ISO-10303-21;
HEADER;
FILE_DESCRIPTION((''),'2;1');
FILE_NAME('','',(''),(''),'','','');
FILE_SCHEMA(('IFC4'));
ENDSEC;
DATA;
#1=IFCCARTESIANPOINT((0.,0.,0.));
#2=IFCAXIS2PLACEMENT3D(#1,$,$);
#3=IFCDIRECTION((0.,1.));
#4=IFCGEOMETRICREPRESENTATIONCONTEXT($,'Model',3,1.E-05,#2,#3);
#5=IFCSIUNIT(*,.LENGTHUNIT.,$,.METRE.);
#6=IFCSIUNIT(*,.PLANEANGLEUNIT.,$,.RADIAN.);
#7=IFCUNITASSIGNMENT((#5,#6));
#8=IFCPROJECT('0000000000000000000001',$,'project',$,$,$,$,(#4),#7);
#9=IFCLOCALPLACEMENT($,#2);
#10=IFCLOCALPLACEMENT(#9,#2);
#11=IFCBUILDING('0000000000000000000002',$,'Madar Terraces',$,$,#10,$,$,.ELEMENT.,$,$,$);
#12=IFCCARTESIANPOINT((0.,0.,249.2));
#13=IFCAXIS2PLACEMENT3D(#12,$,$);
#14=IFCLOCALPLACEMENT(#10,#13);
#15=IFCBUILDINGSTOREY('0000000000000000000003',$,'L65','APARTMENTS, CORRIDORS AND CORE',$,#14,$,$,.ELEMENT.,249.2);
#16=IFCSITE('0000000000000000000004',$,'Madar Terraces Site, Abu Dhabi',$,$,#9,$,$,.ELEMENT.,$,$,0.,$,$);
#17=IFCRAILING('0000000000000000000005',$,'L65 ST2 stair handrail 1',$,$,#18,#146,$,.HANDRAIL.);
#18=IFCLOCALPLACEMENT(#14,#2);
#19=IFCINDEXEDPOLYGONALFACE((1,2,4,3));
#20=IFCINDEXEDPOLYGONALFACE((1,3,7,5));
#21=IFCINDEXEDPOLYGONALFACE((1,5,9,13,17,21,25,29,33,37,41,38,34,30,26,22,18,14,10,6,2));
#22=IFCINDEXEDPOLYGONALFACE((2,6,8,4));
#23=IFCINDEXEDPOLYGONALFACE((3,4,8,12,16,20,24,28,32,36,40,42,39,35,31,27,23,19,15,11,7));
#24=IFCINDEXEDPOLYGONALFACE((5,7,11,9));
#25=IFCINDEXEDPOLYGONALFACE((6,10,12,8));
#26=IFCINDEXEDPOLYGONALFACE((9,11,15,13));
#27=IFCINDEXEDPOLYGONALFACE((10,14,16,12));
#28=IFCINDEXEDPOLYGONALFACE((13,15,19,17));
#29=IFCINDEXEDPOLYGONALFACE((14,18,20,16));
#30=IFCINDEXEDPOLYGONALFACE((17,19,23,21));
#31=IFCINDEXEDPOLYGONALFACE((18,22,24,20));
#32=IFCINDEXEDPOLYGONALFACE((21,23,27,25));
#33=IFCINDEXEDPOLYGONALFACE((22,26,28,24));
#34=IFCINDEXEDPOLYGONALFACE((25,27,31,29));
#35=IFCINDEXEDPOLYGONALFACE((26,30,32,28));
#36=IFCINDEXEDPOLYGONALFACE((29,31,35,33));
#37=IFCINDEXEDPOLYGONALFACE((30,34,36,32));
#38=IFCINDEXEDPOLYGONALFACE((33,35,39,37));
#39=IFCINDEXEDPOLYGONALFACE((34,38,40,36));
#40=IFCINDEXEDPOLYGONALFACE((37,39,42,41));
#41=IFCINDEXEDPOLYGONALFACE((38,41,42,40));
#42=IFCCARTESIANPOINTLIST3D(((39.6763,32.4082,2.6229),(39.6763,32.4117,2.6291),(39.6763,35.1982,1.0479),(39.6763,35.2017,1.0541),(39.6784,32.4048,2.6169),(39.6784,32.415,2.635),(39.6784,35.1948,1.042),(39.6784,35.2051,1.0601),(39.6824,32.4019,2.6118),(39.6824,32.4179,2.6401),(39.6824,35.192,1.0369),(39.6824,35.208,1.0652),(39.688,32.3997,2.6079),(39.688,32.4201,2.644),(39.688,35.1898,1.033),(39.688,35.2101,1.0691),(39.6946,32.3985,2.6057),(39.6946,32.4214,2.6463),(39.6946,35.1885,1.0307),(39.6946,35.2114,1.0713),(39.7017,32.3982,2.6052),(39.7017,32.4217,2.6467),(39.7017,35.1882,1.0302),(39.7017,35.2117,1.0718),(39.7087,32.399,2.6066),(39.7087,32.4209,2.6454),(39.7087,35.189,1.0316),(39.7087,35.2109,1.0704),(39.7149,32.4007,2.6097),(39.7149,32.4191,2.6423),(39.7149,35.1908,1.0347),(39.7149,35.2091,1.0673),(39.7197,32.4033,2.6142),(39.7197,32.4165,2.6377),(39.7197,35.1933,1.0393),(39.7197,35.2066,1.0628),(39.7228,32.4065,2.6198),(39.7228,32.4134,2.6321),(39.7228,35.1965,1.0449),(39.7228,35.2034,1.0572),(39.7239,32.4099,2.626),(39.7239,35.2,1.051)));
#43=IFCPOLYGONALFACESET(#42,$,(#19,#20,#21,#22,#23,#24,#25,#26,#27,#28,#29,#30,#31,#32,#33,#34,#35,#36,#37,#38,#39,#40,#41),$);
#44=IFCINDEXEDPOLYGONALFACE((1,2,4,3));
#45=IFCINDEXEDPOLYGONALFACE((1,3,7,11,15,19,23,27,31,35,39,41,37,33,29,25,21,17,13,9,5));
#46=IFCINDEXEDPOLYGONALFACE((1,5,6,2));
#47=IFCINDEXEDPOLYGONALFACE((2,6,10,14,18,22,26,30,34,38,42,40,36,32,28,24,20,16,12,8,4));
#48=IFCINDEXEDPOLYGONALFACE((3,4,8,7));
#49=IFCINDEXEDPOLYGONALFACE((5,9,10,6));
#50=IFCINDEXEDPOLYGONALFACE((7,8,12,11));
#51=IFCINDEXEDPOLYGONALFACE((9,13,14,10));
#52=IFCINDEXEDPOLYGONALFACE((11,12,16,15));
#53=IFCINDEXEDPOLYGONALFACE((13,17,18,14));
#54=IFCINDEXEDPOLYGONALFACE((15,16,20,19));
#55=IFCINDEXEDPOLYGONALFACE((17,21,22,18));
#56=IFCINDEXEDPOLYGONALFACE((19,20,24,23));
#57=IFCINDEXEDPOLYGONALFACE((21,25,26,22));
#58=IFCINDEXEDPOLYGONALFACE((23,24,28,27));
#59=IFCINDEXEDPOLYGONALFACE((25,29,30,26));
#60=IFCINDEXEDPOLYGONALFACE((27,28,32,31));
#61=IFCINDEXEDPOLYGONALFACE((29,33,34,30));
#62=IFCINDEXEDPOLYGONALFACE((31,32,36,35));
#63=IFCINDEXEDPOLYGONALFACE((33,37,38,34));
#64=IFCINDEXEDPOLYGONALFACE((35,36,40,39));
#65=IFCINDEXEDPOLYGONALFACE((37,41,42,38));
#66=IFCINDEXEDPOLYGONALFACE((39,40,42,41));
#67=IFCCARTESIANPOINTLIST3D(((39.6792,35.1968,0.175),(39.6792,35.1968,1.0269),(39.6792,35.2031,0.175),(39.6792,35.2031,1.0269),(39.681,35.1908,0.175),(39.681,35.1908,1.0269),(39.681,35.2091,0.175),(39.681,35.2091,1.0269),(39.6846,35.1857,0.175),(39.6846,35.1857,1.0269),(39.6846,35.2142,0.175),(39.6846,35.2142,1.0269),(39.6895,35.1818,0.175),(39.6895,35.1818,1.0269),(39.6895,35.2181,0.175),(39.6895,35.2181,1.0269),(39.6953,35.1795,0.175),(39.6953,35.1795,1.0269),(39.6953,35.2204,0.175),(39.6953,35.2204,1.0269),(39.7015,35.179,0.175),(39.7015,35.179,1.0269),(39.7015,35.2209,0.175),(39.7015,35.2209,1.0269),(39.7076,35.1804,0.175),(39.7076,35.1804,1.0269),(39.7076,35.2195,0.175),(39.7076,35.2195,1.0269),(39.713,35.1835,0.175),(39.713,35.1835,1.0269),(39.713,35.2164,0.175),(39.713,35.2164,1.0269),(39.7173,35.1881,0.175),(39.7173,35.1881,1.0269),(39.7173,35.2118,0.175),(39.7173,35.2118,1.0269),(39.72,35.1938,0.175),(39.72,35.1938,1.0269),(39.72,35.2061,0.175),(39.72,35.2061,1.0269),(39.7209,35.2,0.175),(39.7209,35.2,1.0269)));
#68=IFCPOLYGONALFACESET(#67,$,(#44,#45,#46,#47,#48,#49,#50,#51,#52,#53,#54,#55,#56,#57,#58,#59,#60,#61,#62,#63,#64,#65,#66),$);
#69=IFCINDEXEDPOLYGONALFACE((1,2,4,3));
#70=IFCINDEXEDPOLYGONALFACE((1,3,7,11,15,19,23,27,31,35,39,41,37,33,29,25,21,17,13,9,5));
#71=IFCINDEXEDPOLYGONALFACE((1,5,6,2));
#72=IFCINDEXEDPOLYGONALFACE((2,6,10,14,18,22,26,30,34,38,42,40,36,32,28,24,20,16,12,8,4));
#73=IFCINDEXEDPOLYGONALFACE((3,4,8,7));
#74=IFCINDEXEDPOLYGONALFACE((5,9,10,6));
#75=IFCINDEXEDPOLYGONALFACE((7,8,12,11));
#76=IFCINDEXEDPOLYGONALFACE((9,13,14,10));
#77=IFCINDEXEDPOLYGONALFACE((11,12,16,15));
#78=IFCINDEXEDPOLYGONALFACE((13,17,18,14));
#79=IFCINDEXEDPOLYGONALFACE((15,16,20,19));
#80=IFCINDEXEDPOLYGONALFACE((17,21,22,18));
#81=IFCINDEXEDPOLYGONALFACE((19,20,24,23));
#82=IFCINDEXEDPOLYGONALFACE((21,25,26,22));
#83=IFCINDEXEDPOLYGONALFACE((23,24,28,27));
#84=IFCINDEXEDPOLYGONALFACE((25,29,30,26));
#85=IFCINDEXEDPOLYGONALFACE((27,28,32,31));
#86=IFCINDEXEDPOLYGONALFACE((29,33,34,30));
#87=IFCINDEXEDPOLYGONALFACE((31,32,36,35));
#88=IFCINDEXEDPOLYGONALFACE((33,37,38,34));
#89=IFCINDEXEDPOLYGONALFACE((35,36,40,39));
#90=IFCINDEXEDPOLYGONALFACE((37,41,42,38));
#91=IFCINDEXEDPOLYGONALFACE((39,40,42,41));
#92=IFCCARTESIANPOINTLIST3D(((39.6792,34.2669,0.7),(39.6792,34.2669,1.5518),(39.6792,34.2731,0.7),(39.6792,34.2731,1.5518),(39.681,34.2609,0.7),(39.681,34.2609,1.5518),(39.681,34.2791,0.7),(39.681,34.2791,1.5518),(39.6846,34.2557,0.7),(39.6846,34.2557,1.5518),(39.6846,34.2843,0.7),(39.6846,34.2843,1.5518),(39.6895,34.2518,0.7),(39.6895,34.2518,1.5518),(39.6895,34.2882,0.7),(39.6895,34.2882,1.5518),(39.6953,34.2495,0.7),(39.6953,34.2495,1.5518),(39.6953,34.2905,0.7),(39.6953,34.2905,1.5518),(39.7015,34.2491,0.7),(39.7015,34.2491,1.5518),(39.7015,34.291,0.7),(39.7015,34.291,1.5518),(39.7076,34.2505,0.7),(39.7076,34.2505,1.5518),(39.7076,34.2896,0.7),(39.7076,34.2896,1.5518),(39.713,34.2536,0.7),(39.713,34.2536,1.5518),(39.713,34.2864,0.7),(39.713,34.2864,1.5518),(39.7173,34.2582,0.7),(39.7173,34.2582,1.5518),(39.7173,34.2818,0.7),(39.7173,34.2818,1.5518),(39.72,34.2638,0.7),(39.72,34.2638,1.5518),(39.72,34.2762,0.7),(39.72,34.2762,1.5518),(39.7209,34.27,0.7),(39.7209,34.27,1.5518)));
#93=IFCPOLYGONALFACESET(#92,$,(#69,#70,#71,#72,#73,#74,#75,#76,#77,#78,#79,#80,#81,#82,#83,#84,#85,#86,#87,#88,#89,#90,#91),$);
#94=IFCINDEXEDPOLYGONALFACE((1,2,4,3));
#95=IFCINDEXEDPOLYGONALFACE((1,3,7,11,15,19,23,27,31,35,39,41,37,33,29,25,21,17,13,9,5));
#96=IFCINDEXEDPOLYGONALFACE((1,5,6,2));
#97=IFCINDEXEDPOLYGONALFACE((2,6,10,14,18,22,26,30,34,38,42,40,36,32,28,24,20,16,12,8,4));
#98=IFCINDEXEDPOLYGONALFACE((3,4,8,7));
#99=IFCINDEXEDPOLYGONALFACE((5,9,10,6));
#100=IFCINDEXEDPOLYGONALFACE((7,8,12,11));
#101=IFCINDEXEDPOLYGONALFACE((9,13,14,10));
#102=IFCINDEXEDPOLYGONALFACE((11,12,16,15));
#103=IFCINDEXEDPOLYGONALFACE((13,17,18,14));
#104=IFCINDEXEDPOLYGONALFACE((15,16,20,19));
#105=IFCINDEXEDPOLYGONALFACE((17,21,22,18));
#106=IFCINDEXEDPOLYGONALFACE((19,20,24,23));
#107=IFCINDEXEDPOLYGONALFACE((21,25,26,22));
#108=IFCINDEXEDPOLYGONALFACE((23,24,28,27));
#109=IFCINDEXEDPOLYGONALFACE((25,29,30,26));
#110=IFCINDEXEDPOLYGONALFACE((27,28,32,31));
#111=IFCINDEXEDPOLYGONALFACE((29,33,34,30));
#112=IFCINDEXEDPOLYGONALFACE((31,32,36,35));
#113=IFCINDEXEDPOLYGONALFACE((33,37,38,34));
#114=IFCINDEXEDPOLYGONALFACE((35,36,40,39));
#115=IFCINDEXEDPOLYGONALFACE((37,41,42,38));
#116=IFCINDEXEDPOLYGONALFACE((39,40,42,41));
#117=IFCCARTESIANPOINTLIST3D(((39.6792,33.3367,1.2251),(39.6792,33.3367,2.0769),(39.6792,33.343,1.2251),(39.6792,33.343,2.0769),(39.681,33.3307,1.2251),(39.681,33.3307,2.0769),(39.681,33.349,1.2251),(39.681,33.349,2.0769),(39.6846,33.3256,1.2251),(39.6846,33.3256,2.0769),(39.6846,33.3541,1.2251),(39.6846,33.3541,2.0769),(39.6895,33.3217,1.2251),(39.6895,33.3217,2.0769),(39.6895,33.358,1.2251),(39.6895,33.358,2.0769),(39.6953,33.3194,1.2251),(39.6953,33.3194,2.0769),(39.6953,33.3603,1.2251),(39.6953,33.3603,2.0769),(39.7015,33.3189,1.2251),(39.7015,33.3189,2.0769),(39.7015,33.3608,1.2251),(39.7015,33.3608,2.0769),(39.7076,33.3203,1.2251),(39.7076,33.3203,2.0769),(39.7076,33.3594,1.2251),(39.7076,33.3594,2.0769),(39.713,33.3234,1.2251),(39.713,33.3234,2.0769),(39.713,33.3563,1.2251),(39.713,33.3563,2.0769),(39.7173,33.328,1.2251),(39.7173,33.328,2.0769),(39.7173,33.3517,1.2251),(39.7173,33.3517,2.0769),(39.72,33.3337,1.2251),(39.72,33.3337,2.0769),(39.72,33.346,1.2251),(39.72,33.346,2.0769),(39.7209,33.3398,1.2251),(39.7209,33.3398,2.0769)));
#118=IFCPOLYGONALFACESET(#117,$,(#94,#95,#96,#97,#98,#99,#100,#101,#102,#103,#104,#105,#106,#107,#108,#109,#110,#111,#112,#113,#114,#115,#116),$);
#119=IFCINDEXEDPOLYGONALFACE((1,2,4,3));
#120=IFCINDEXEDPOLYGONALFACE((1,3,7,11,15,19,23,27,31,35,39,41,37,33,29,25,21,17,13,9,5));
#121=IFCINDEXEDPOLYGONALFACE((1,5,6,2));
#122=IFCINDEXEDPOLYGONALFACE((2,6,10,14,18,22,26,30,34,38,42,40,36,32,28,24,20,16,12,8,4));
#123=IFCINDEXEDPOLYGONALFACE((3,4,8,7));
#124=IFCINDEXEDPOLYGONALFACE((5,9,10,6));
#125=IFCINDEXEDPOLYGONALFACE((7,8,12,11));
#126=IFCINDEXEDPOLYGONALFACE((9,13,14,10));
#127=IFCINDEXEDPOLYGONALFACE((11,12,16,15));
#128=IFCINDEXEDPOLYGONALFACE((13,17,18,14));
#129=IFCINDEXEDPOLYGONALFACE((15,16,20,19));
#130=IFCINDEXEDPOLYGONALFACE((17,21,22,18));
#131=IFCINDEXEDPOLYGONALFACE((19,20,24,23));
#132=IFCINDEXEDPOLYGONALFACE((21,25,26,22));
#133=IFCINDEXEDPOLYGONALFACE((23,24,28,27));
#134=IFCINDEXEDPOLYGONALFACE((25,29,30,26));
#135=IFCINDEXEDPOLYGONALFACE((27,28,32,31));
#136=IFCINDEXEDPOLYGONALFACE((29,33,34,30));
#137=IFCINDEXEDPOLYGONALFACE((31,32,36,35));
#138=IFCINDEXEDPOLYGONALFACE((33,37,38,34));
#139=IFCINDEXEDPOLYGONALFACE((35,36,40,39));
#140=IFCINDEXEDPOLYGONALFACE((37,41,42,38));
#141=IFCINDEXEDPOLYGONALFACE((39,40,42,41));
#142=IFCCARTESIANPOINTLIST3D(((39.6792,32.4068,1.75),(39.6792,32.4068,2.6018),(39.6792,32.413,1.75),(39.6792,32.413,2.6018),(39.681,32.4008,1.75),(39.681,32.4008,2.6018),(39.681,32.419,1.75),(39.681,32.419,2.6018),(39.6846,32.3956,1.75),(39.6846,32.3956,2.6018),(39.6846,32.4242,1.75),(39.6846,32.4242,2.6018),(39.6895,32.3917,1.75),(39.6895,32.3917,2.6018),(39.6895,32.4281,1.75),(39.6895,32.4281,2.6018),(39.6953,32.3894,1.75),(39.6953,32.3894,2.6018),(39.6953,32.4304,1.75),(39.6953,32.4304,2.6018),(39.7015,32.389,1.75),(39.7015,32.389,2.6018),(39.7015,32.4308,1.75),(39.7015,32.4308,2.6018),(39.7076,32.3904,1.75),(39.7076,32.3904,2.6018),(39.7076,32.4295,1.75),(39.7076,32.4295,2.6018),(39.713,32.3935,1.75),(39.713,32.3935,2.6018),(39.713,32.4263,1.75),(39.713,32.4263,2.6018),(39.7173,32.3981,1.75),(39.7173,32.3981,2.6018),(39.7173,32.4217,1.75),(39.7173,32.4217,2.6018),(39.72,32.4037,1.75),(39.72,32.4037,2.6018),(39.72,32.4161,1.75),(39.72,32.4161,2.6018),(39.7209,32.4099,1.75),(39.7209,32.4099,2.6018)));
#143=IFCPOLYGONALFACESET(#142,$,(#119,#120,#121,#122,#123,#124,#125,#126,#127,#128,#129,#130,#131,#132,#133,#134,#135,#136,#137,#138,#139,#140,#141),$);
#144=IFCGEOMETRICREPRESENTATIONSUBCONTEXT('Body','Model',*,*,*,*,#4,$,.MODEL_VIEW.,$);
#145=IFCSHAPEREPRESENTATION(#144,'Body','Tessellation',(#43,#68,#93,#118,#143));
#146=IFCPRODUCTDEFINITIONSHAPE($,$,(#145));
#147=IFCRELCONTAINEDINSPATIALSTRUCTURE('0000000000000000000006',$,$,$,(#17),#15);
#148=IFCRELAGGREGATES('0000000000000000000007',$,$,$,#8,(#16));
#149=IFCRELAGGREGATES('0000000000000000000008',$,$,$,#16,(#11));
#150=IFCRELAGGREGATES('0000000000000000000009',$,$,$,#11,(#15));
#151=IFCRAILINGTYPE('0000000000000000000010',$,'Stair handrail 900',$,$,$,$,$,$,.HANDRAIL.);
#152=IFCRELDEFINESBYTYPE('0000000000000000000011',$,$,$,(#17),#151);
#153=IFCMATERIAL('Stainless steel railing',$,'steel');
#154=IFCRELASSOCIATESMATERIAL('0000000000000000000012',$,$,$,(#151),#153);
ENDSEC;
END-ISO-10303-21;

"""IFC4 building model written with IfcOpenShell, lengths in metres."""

from ifc_helpers import new_model, si_unit, direction, frame, origin, origin_2d, place, context, subcontext, project, spatial, circle, extrude, material, type_object, element, save


model = new_model("IFC4")

# Units and contexts
model_context = context("Model", 3, precision=1e-05, world=origin(), true_north=direction((0.0, 1.0)))
body_context = subcontext(model_context, "Body", "Model", "MODEL_VIEW")
ifc_project = project(units=[si_unit("LENGTHUNIT", "METRE"), si_unit("PLANEANGLEUNIT", "RADIAN")], contexts=[model_context])

# Site, building, storey
site_placement = place(None, origin())
site = spatial("IfcSite", under=ifc_project, at=site_placement, Name="Madar Terraces Site, Abu Dhabi", CompositionType="ELEMENT", RefElevation=0.0)
building_placement = place(site_placement, origin())
building = spatial("IfcBuilding", under=site, at=building_placement, Name="Madar Terraces", CompositionType="ELEMENT")
storey_placement = place(building_placement, frame((0.0, 0.0, 249.2)))
storey = spatial("IfcBuildingStorey", under=building, at=storey_placement, Name="L65", Description="APARTMENTS, CORRIDORS AND CORE", CompositionType="ELEMENT", Elevation=249.2)

# Railing
ifc_material_1 = material(Name="Stainless steel railing", Category="steel")
railing_type_1 = type_object("IfcRailingType", Name="Stair handrail 900", PredefinedType="HANDRAIL", material=ifc_material_1)
railing_1_placement = place(storey_placement, frame((39.7, 35.2, 0.175)))
element("IfcRailing", 1, at=railing_1_placement, inside=storey, type_object=railing_type_1, Name="L65 ST2 stair handrail 1", PredefinedType="HANDRAIL", context=body_context, shape_type="SweptSolid", body=[
    extrude(circle(Radius=0.0239, at=origin_2d()), frame((0.0, 0.0, 0.876), z_axis=(0.0, -0.870834, 0.491578), x_axis=(1.0, 0.0, 0.0)), (0.0, 0.0, 1.0), 3.2039),
    extrude(circle(Radius=0.021, at=origin_2d()), origin(), (0.0, 0.0, 1.0), 0.8518),
    extrude(circle(Radius=0.021, at=origin_2d()), frame((0.0, -0.9299, 0.5249)), (0.0, 0.0, 1.0), 0.8518),
    extrude(circle(Radius=0.021, at=origin_2d()), frame((0.0, -1.8601, 1.05)), (0.0, 0.0, 1.0), 0.8518),
    extrude(circle(Radius=0.021, at=origin_2d()), frame((0.0, -2.79, 1.575)), (0.0, 0.0, 1.0), 0.8518),
])

save(model, "model.ifc")
